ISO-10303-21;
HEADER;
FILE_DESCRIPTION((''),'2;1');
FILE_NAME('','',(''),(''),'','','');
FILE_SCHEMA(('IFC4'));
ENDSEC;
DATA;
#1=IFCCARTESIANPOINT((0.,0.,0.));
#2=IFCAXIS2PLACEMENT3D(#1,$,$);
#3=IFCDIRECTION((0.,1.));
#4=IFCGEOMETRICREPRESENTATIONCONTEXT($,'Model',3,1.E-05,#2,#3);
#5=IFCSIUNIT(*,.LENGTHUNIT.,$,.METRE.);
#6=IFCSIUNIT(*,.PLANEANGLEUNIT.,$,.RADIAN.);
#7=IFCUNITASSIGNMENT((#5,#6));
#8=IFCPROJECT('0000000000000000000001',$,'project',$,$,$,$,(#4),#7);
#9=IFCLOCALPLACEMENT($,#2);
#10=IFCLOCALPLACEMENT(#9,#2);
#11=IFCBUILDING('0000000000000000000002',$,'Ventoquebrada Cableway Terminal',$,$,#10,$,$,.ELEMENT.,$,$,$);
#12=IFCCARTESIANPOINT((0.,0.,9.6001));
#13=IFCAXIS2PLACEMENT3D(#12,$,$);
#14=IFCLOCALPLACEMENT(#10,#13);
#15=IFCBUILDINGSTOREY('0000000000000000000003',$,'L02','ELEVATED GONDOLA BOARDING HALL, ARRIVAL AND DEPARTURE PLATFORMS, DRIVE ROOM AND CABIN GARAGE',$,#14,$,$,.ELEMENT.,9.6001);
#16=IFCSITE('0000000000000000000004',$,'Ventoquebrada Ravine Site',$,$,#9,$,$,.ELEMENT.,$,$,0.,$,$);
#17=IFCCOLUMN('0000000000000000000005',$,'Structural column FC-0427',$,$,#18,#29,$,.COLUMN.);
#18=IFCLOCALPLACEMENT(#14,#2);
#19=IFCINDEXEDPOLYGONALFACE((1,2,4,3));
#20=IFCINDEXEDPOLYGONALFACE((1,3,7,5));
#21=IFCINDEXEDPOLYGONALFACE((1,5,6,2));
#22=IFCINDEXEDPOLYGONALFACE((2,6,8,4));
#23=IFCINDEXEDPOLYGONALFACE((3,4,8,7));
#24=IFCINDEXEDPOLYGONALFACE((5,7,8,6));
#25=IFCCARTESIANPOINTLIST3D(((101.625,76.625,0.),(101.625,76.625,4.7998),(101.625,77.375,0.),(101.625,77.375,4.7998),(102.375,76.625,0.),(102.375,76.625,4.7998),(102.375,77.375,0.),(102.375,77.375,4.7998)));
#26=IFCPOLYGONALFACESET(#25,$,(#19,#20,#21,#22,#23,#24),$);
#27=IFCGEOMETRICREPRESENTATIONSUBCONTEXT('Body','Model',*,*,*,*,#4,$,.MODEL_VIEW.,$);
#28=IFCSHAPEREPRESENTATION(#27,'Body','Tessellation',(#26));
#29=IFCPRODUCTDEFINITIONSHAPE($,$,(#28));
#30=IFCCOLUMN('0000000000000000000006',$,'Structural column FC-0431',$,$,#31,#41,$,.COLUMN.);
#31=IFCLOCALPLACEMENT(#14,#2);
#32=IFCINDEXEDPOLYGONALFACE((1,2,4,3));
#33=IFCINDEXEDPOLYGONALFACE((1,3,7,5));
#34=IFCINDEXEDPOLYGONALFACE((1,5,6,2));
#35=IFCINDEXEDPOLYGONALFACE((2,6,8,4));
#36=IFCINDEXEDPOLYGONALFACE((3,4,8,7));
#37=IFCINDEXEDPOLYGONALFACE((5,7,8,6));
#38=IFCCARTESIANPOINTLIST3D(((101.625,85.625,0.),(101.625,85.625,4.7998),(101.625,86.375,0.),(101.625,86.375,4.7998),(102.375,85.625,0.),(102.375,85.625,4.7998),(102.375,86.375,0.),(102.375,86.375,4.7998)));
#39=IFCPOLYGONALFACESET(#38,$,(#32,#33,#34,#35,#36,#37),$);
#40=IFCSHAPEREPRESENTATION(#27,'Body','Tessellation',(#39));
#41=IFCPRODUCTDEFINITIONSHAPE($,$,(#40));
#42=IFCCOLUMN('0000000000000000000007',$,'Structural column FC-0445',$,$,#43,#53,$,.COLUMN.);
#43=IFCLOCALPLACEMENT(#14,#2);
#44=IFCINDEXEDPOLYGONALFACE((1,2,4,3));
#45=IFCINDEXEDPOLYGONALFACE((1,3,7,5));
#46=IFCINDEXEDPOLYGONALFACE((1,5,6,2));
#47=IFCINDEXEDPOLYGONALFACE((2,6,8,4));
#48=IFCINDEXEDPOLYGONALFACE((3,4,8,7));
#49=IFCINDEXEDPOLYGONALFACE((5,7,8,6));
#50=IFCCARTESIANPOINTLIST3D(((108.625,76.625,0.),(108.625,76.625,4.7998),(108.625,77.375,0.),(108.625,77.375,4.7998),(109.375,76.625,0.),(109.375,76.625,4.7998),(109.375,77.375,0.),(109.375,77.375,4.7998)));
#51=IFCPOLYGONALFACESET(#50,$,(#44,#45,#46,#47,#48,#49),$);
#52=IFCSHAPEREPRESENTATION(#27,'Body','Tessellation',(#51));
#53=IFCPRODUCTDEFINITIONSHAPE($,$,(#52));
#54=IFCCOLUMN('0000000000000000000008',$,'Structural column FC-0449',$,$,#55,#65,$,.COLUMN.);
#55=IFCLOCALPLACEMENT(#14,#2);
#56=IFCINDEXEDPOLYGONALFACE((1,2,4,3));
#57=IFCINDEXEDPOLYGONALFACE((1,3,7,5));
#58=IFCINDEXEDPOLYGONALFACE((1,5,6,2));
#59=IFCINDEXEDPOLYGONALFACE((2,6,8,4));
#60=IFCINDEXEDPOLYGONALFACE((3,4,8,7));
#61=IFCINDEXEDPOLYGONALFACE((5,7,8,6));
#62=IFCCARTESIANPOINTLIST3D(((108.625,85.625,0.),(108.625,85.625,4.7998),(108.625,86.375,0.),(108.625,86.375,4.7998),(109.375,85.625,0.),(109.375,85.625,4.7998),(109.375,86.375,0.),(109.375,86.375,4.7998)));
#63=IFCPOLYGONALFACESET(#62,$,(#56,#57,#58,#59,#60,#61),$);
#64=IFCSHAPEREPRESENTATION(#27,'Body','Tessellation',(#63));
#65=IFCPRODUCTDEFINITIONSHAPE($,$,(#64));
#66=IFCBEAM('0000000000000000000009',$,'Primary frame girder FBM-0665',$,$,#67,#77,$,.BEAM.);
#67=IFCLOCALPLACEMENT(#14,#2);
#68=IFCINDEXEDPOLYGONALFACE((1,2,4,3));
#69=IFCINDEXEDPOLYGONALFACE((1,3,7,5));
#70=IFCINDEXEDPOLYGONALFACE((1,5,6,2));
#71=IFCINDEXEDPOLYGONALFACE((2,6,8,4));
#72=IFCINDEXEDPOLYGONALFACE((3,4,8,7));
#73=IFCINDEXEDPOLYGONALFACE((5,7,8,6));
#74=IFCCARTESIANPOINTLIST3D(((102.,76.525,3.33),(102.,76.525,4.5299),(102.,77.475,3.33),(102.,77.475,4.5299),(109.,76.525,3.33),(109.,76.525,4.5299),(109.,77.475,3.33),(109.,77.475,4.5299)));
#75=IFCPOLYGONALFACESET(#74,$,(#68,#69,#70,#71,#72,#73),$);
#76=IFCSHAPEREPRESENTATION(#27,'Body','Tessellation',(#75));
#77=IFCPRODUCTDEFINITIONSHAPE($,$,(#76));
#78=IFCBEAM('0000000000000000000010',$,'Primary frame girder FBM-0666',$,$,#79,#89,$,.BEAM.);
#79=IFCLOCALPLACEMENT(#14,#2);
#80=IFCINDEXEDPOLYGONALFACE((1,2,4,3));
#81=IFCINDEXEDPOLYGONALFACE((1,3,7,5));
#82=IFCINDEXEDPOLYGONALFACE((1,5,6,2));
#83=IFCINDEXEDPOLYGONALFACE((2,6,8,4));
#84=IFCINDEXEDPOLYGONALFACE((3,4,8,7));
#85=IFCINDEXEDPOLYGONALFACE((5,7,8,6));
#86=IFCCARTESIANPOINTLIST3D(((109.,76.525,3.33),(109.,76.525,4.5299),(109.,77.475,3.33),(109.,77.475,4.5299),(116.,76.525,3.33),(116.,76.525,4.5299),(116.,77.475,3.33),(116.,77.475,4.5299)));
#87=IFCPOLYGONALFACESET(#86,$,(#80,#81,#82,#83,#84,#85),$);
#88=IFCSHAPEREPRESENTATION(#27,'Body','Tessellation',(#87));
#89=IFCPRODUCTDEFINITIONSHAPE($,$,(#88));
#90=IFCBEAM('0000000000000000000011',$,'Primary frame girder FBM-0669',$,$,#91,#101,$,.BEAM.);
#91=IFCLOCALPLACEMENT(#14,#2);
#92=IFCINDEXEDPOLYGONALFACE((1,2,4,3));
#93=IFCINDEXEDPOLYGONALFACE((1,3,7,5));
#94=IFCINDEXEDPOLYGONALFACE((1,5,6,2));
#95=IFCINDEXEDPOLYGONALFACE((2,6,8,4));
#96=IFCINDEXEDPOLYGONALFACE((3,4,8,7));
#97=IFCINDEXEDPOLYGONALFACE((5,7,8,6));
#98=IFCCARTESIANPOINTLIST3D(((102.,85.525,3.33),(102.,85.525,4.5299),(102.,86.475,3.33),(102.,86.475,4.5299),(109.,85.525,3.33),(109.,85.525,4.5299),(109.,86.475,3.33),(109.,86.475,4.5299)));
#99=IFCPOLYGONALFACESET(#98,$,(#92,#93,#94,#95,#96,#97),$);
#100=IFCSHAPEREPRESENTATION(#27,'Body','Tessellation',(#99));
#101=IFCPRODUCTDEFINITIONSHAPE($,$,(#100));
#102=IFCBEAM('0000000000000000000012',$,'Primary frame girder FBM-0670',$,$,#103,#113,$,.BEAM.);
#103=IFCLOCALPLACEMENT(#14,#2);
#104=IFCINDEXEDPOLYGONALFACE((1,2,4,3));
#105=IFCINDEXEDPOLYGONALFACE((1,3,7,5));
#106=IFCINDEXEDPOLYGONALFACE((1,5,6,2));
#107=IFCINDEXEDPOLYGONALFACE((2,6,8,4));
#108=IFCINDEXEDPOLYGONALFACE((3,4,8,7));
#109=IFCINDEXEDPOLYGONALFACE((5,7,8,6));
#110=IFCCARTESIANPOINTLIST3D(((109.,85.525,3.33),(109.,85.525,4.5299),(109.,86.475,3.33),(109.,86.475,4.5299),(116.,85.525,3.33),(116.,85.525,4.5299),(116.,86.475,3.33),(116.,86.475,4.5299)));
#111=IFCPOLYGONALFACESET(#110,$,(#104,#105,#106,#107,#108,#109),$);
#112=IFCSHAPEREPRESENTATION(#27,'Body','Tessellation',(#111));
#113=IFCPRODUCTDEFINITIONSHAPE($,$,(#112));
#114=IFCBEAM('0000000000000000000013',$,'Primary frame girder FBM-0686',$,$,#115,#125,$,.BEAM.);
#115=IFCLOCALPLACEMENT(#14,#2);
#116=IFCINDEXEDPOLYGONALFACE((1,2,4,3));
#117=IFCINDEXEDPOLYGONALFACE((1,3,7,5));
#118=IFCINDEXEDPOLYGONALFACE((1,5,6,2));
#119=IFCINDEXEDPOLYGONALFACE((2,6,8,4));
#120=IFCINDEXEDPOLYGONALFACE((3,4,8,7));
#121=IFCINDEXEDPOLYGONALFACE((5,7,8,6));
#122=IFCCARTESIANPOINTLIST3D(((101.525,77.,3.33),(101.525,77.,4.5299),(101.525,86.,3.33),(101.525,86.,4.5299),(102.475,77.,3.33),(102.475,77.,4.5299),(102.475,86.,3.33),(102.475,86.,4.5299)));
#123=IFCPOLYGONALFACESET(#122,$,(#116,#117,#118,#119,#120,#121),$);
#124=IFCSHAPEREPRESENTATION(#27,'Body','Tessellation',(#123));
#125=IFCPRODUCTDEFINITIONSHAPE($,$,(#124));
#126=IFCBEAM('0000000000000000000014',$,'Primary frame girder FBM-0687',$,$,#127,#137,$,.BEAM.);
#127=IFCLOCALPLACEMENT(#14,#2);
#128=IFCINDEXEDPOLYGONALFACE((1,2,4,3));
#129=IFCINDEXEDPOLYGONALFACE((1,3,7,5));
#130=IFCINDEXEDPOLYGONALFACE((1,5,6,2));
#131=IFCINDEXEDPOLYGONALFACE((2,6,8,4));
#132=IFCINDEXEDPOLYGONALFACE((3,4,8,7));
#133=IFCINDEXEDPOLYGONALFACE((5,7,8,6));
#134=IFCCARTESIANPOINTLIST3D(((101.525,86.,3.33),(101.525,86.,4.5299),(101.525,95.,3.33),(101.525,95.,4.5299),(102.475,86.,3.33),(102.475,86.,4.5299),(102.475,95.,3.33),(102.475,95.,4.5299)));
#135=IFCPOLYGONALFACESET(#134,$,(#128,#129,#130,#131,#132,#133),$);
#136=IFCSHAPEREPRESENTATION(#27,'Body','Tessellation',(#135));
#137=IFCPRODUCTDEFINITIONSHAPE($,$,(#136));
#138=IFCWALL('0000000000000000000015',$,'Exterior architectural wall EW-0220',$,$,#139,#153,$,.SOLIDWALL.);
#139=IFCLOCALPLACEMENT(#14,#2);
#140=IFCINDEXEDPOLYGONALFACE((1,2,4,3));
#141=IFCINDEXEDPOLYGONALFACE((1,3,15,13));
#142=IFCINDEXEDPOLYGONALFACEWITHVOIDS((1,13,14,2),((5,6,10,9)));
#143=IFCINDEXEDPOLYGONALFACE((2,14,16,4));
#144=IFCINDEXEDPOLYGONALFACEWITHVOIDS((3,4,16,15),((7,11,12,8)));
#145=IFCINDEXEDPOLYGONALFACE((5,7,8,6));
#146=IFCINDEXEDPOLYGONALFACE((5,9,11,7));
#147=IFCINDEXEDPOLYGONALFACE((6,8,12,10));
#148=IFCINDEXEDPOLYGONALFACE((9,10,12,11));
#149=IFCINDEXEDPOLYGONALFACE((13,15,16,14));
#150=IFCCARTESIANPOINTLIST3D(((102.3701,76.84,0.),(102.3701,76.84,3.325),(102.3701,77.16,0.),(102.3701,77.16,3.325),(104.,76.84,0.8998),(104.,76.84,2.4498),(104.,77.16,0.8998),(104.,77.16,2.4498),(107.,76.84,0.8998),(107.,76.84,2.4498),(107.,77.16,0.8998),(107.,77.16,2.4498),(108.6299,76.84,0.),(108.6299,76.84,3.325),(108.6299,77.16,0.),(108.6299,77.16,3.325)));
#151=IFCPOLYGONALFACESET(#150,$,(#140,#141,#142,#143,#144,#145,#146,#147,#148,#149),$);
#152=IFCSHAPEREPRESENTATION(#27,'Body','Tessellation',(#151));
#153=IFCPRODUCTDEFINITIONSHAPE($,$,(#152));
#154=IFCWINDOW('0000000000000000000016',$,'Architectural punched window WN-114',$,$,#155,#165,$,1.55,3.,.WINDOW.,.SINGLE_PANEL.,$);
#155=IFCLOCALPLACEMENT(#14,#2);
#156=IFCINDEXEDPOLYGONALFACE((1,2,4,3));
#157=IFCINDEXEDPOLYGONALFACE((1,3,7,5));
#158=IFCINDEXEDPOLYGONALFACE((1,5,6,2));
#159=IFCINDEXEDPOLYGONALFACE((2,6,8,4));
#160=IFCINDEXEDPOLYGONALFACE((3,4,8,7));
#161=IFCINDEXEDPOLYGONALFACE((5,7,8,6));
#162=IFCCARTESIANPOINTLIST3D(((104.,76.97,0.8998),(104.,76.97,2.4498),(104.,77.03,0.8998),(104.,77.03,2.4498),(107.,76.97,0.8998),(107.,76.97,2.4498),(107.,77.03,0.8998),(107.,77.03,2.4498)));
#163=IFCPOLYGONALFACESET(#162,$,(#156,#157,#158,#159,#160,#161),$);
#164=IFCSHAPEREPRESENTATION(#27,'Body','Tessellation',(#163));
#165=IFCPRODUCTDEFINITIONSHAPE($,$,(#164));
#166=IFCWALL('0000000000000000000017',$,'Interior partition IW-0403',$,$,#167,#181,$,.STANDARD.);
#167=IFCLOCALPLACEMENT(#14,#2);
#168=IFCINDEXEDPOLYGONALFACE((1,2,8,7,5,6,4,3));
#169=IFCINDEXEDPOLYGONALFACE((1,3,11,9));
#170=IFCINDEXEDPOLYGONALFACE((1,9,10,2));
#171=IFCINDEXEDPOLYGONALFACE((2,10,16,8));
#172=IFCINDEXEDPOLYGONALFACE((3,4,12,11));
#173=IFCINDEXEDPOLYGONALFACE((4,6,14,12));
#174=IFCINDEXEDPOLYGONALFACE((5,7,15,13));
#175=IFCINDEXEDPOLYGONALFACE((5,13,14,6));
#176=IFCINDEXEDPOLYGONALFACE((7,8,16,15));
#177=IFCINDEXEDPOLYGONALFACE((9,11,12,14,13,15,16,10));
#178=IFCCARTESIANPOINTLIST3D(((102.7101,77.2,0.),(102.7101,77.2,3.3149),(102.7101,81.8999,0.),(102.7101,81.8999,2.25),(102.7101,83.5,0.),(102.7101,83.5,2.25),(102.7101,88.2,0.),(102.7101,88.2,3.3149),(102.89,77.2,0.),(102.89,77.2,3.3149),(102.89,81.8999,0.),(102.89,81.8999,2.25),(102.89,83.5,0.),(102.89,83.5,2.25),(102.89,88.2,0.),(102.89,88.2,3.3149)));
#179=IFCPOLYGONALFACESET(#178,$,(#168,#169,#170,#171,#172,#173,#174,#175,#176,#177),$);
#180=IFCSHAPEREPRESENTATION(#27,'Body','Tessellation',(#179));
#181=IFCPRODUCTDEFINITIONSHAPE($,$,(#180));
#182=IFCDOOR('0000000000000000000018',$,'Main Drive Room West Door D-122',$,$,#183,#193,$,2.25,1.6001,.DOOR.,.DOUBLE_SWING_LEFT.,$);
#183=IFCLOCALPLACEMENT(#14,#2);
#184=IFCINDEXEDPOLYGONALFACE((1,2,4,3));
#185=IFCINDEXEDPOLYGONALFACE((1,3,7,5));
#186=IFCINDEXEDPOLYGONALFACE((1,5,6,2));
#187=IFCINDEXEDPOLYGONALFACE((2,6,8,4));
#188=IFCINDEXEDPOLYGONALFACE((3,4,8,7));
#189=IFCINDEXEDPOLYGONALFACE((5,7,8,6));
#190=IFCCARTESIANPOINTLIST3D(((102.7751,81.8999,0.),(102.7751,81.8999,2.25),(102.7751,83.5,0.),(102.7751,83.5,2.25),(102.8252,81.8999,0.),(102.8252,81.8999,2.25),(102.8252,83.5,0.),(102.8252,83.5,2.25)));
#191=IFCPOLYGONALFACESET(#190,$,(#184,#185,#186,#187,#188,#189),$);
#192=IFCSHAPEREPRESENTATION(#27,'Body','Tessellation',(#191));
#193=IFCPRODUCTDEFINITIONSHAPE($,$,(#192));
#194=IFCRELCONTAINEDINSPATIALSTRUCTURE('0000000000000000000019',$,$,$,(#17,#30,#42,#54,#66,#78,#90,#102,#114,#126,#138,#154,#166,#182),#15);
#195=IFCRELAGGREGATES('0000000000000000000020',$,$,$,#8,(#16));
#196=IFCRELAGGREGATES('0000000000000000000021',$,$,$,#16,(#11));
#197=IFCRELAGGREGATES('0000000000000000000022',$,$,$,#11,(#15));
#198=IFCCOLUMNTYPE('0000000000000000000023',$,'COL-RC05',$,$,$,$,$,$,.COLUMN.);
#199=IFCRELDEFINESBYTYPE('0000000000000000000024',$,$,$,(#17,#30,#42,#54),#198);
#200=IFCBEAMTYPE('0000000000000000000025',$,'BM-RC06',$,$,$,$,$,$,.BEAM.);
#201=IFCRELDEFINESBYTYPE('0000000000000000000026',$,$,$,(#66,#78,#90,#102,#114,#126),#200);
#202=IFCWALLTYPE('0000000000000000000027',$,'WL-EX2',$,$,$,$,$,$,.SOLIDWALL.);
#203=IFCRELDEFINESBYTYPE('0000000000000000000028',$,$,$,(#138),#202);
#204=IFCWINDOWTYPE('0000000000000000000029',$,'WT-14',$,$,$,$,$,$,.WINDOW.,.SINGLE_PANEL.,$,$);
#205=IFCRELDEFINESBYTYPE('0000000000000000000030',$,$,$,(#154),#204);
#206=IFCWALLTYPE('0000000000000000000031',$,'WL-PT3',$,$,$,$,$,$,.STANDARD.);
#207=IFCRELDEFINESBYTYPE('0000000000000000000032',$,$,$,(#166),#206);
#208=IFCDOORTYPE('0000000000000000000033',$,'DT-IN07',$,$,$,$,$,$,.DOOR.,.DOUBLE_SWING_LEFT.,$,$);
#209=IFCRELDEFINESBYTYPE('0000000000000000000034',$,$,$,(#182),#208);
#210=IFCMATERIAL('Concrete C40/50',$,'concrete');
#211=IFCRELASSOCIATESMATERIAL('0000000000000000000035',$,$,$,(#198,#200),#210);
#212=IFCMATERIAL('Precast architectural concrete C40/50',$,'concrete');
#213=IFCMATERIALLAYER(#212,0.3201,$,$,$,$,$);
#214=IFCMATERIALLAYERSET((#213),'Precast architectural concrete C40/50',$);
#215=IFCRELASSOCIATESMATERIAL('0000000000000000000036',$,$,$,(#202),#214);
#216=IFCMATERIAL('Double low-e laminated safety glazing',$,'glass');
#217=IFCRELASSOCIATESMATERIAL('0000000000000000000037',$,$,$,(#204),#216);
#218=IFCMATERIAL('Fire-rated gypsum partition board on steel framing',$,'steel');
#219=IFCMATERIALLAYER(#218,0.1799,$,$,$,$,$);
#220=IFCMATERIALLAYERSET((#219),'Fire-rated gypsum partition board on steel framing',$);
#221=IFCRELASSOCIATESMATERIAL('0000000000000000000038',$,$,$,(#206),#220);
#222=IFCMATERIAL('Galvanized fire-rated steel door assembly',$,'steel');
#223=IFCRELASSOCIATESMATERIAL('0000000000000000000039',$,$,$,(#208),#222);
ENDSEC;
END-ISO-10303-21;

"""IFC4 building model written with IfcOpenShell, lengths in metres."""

from ifc_helpers import new_model, si_unit, direction, frame, frame_2d, origin, origin_2d, place, context, subcontext, project, spatial, rectangle, extrude, material, layer, layer_set, material_profile, profile_set, type_object, element, fill, save


model = new_model("IFC4")

# Units and contexts
model_context = context("Model", 3, precision=1e-05, world=origin(), true_north=direction((0.0, 1.0)))
body_context = subcontext(model_context, "Body", "Model", "MODEL_VIEW")
ifc_project = project(units=[si_unit("LENGTHUNIT", "METRE"), si_unit("PLANEANGLEUNIT", "RADIAN")], contexts=[model_context])

# Site, building, storey
site_placement = place(None, origin())
site = spatial("IfcSite", under=ifc_project, at=site_placement, Name="Ventoquebrada Ravine Site", CompositionType="ELEMENT", RefElevation=0.0)
building_placement = place(site_placement, origin())
building = spatial("IfcBuilding", under=site, at=building_placement, Name="Ventoquebrada Cableway Terminal", CompositionType="ELEMENT")
storey_placement = place(building_placement, frame((0.0, 0.0, 9.6001)))
storey = spatial("IfcBuildingStorey", under=building, at=storey_placement, Name="L02", Description="ELEVATED GONDOLA BOARDING HALL, ARRIVAL AND DEPARTURE PLATFORMS, DRIVE ROOM AND CABIN GARAGE", CompositionType="ELEMENT", Elevation=9.6001)

# Columns
ifc_material_1 = material(Name="Concrete C40/50", Category="concrete")
ifc_material_profile_1 = material_profile(ifc_material_1, rectangle(XDim=0.75, YDim=0.75, at=origin_2d()), Name="RC-COL-750X750")
ifc_profile_set_1 = profile_set([ifc_material_profile_1], Name="Concrete C40/50")
column_type = type_object("IfcColumnType", Name="COL-RC05", PredefinedType="COLUMN", material=ifc_profile_set_1)
for number, where, z_axis, x_axis, name in (
    (1, (102.0, 77.0, 0.0), (0.0, 0.0, 1.0), (1.0, 0.0, 0.0), "Structural column FC-0427"),
    (2, (102.0, 86.0, 0.0), (0.0, 0.0, 1.0), (1.0, 0.0, 0.0), "Structural column FC-0431"),
    (3, (109.0, 77.0, 0.0), (0.0, 0.0, 1.0), (1.0, 0.0, 0.0), "Structural column FC-0445"),
    (4, (109.0, 86.0, 0.0), (0.0, 0.0, 1.0), (1.0, 0.0, 0.0), "Structural column FC-0449"),
):
    element("IfcColumn", number, at=place(storey_placement, frame(where, z_axis=z_axis, x_axis=x_axis)), inside=storey, type_object=column_type, Name=name, PredefinedType="COLUMN", context=body_context, shape_type="SweptSolid", body=[
        extrude(rectangle(XDim=0.75, YDim=0.75, at=origin_2d()), origin(), (0.0, 0.0, 1.0), 4.7998),
    ])

# Beams
ifc_material_profile_2 = material_profile(ifc_material_1, rectangle(XDim=0.95, YDim=1.2, at=origin_2d()), Name="RC-BM-950X1200")
ifc_profile_set_2 = profile_set([ifc_material_profile_2], Name="Concrete C40/50")
beam_type = type_object("IfcBeamType", Name="BM-RC06", PredefinedType="BEAM", material=ifc_profile_set_2)
for number, where, z_axis, x_axis, name in (
    (5, (102.0, 77.0, 3.9299), (1.0, 0.0, 0.0), (0.0, 1.0, 0.0), "Primary frame girder FBM-0665"),
    (6, (109.0, 77.0, 3.9299), (1.0, 0.0, 0.0), (0.0, 1.0, 0.0), "Primary frame girder FBM-0666"),
    (7, (102.0, 86.0, 3.9299), (1.0, 0.0, 0.0), (0.0, 1.0, 0.0), "Primary frame girder FBM-0669"),
    (8, (109.0, 86.0, 3.9299), (1.0, 0.0, 0.0), (0.0, 1.0, 0.0), "Primary frame girder FBM-0670"),
):
    element("IfcBeam", number, at=place(storey_placement, frame(where, z_axis=z_axis, x_axis=x_axis)), inside=storey, type_object=beam_type, Name=name, PredefinedType="BEAM", context=body_context, shape_type="SweptSolid", body=[
        extrude(rectangle(XDim=0.95, YDim=1.2, at=origin_2d()), origin(), (0.0, 0.0, 1.0), 7.0),
    ])
for number, where, z_axis, x_axis, name in (
    (9, (102.0, 77.0, 3.9299), (0.0, 1.0, 0.0), (-1.0, 0.0, 0.0), "Primary frame girder FBM-0686"),
    (10, (102.0, 86.0, 3.9299), (0.0, 1.0, 0.0), (-1.0, 0.0, 0.0), "Primary frame girder FBM-0687"),
):
    element("IfcBeam", number, at=place(storey_placement, frame(where, z_axis=z_axis, x_axis=x_axis)), inside=storey, type_object=beam_type, Name=name, PredefinedType="BEAM", context=body_context, shape_type="SweptSolid", body=[
        extrude(rectangle(XDim=0.95, YDim=1.2, at=origin_2d()), origin(), (0.0, 0.0, 1.0), 9.0),
    ])

# Wall, opening, window
ifc_material_2 = material(Name="Precast architectural concrete C40/50", Category="concrete")
ifc_layer_1 = layer(ifc_material_2, 0.3201)
ifc_layer_set_1 = layer_set([ifc_layer_1], Name="Precast architectural concrete C40/50")
wall_type_1 = type_object("IfcWallType", Name="WL-EX2", PredefinedType="SOLIDWALL", material=ifc_layer_set_1)
wall_1_placement = place(storey_placement, frame((102.3701, 77.0, 0.0), z_axis=(0.0, 0.0, 1.0), x_axis=(1.0, 0.0, 0.0)))
wall_1 = element("IfcWall", 11, at=wall_1_placement, inside=storey, type_object=wall_type_1, Name="Exterior architectural wall EW-0220", PredefinedType="SOLIDWALL", context=body_context, shape_type="SweptSolid", body=[
    extrude(rectangle(XDim=6.2598, YDim=0.3201, at=frame_2d((3.1299, 0.0))), origin(), (0.0, 0.0, 1.0), 3.325),
])
opening_1_placement = place(wall_1_placement, frame((1.6299, 0.0, 0.8999)))
opening_1 = element("IfcOpeningElement", 12, at=opening_1_placement, cuts=wall_1, PredefinedType="OPENING", context=body_context, shape_type="SweptSolid", body=[
    extrude(rectangle(XDim=3.0, YDim=1.55, at=frame_2d((1.5, 0.7749))), frame((0.0, 0.1699, 0.0), z_axis=(0.0, -1.0, 0.0), x_axis=(1.0, 0.0, 0.0)), (0.0, 0.0, 1.0), 0.3401),
])
ifc_material_3 = material(Name="Double low-e laminated safety glazing", Category="glass")
window_type = type_object("IfcWindowType", Name="WT-14", PartitioningType="SINGLE_PANEL", PredefinedType="WINDOW", material=ifc_material_3)
window_placement = place(opening_1_placement, origin())
window = element("IfcWindow", 13, at=window_placement, inside=storey, type_object=window_type, Name="Architectural punched window WN-114", OverallHeight=1.55, OverallWidth=3.0, PartitioningType="SINGLE_PANEL", PredefinedType="WINDOW", context=body_context, shape_type="SweptSolid", body=[
    extrude(rectangle(XDim=3.0, YDim=1.55, at=frame_2d((1.5, 0.7749))), frame((0.0, 0.03, 0.0), z_axis=(0.0, -1.0, 0.0), x_axis=(1.0, 0.0, 0.0)), (0.0, 0.0, 1.0), 0.0601),
])
fill(opening_1, window)

# Wall, opening, door
ifc_material_4 = material(Name="Fire-rated gypsum partition board on steel framing", Category="steel")
ifc_layer_2 = layer(ifc_material_4, 0.1799)
ifc_layer_set_2 = layer_set([ifc_layer_2], Name="Fire-rated gypsum partition board on steel framing")
wall_type_2 = type_object("IfcWallType", Name="WL-PT3", PredefinedType="STANDARD", material=ifc_layer_set_2)
wall_2_placement = place(storey_placement, frame((102.8, 77.2, 0.0), z_axis=(0.0, 0.0, 1.0), x_axis=(0.0, 1.0, 0.0)))
wall_2 = element("IfcWall", 14, at=wall_2_placement, inside=storey, type_object=wall_type_2, Name="Interior partition IW-0403", PredefinedType="STANDARD", context=body_context, shape_type="SweptSolid", body=[
    extrude(rectangle(XDim=11.0, YDim=0.1799, at=frame_2d((5.5, 0.0))), origin(), (0.0, 0.0, 1.0), 3.3149),
])
opening_2_placement = place(wall_2_placement, frame((4.7, 0.0, 0.0)))
opening_2 = element("IfcOpeningElement", 15, at=opening_2_placement, cuts=wall_2, PredefinedType="OPENING", context=body_context, shape_type="SweptSolid", body=[
    extrude(rectangle(XDim=1.6001, YDim=2.25, at=frame_2d((0.8, 1.125))), frame((0.0, 0.0999, 0.0), z_axis=(0.0, -1.0, 0.0), x_axis=(1.0, 0.0, 0.0)), (0.0, 0.0, 1.0), 0.2),
])
ifc_material_5 = material(Name="Galvanized fire-rated steel door assembly", Category="steel")
door_type_1 = type_object("IfcDoorType", Name="DT-IN07", OperationType="DOUBLE_SWING_LEFT", PredefinedType="DOOR", material=ifc_material_5)
door_1_placement = place(opening_2_placement, origin())
door_1 = element("IfcDoor", 16, at=door_1_placement, inside=storey, type_object=door_type_1, Name="Main Drive Room West Door D-122", OperationType="DOUBLE_SWING_LEFT", OverallHeight=2.25, OverallWidth=1.6001, PredefinedType="DOOR", context=body_context, shape_type="SweptSolid", body=[
    extrude(rectangle(XDim=1.6001, YDim=2.25, at=frame_2d((0.8, 1.125))), frame((0.0, 0.0249, 0.0), z_axis=(0.0, -1.0, 0.0), x_axis=(1.0, 0.0, 0.0)), (0.0, 0.0, 1.0), 0.05),
])
fill(opening_2, door_1)

save(model, "model.ifc")
